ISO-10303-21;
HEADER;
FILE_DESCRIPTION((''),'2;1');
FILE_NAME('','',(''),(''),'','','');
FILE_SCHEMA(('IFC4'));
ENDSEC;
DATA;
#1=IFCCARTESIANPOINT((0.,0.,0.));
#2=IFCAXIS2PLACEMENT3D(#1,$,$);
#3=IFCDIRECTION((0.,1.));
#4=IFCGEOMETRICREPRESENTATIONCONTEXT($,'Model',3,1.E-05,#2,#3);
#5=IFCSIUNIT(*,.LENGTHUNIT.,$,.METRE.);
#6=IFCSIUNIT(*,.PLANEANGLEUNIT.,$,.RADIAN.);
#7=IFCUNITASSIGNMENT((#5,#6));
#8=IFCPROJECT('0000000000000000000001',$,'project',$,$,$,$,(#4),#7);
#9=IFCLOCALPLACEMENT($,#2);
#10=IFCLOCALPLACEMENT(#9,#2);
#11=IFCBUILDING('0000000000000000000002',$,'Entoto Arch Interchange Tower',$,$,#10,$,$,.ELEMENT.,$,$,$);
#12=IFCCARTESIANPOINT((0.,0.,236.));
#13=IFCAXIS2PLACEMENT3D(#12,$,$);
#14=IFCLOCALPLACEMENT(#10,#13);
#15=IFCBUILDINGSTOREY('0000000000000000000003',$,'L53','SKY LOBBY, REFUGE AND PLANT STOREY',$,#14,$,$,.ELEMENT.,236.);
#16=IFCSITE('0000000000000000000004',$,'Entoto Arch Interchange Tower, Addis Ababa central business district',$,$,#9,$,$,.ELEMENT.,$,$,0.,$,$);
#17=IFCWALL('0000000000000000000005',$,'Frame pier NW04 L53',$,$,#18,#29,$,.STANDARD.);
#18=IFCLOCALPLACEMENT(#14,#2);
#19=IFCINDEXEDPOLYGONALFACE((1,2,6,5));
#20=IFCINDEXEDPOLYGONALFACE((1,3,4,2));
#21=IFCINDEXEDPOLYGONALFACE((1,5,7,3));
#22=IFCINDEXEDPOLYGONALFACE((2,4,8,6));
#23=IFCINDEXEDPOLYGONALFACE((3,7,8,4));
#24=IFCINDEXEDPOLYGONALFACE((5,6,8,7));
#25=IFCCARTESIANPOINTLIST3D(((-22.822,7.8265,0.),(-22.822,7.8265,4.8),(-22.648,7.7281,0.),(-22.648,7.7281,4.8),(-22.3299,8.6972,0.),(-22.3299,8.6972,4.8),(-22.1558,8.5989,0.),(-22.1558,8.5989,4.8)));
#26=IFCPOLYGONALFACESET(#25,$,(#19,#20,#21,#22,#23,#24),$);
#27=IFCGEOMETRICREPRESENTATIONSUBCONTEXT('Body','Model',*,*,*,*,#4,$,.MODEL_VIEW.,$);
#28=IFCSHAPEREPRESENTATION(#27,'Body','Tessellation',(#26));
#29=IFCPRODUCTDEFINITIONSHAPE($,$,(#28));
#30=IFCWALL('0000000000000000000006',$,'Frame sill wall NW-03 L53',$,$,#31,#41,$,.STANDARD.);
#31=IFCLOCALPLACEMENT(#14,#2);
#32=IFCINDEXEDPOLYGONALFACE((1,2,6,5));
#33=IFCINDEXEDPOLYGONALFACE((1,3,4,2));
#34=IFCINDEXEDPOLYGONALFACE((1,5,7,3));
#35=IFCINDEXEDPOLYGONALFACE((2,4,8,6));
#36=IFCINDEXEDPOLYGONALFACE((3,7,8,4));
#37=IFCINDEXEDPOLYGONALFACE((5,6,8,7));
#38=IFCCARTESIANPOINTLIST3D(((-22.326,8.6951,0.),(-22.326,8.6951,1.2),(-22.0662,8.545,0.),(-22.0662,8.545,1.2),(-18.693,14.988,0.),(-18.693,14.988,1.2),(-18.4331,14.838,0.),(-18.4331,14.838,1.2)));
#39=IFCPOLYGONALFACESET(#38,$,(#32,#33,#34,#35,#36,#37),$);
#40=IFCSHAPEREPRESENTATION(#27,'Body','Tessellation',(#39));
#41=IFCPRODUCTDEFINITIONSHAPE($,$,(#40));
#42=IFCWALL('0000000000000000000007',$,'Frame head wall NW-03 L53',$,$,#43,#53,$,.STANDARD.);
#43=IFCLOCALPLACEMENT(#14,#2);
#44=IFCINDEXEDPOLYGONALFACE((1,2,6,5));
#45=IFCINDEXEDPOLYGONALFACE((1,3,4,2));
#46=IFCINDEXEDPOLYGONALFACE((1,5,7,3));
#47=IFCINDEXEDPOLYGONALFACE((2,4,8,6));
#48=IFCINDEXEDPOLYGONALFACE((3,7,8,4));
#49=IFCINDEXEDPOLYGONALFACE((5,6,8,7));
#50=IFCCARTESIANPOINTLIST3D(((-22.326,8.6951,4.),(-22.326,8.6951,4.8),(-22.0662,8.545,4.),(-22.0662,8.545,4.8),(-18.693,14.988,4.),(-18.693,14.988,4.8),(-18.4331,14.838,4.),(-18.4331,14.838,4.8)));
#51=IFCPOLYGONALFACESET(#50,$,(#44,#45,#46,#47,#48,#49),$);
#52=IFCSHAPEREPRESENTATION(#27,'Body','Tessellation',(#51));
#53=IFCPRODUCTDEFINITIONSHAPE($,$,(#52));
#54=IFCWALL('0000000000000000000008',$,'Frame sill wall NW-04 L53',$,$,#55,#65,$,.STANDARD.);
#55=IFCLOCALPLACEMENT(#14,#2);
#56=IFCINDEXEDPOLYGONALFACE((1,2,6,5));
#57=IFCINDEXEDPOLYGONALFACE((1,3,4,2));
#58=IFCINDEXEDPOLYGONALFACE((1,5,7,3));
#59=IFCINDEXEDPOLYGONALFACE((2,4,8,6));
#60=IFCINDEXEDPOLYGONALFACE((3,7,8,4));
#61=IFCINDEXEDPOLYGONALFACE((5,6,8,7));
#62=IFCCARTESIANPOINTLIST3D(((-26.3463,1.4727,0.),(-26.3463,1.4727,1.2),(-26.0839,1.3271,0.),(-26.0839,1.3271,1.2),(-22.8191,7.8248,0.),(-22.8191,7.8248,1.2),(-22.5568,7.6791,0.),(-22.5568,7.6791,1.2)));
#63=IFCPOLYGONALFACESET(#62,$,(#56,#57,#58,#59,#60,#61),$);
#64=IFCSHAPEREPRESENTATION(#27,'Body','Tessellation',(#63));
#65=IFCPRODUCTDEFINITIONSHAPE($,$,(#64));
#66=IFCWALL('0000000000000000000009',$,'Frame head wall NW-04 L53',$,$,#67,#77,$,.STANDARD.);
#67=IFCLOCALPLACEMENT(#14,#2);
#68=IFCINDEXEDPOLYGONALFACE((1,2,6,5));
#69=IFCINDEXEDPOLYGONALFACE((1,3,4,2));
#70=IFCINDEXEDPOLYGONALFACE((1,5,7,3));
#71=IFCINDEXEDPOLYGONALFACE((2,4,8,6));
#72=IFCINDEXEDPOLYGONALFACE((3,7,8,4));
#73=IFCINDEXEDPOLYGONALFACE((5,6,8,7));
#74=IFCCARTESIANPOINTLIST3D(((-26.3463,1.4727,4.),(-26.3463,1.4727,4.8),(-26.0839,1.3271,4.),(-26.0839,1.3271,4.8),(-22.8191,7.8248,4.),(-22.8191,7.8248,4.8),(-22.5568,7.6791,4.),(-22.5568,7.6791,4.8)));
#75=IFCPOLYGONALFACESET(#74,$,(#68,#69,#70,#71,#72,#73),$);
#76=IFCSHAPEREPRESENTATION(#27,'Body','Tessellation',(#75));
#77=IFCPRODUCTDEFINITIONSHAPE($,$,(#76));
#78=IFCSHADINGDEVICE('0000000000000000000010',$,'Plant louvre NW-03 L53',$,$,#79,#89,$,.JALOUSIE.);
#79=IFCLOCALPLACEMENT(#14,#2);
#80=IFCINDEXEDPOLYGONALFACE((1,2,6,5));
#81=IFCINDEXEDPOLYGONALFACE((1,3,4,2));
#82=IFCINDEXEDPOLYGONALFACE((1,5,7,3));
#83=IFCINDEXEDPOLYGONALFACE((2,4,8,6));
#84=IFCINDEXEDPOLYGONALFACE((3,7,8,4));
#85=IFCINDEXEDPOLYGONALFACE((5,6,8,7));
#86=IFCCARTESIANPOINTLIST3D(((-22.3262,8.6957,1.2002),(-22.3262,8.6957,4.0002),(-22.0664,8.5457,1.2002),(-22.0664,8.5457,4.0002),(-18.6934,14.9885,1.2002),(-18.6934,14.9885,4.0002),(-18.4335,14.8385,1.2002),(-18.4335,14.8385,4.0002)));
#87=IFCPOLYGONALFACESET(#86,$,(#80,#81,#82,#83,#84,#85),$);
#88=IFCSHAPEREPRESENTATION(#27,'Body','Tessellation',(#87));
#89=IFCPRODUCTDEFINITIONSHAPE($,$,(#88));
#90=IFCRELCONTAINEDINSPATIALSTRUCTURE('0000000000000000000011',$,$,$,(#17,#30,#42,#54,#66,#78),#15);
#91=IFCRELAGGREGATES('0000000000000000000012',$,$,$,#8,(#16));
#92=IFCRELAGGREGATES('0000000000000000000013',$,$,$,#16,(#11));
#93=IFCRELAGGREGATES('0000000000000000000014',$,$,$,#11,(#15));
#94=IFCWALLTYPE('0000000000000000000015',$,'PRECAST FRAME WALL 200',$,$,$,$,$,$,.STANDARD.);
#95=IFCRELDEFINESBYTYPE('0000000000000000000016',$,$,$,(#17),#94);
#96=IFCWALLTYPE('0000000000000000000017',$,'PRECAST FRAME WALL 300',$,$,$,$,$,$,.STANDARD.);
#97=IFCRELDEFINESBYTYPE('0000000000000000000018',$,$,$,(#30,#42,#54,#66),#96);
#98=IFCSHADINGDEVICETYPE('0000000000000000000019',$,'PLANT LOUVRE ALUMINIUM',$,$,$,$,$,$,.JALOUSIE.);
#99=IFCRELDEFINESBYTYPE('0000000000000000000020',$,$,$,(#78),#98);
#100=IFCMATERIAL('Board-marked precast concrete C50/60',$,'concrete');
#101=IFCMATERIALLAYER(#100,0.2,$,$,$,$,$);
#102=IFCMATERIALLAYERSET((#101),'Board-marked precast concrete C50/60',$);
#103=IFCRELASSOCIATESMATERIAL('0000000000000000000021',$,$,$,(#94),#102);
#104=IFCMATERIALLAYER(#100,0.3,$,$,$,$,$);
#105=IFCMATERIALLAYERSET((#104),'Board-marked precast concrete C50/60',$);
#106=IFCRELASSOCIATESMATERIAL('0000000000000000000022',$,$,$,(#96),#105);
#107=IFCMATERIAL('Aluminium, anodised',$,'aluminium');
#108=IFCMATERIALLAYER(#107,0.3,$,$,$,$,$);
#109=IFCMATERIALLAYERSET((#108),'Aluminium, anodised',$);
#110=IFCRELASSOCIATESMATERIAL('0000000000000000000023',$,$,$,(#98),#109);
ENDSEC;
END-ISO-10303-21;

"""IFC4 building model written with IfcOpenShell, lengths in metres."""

from ifc_helpers import new_model, si_unit, direction, frame, frame_2d, origin, origin_2d, place, context, subcontext, project, spatial, rectangle, extrude, material, layer, layer_set, type_object, element, save


model = new_model("IFC4")

# Units and contexts
model_context = context("Model", 3, precision=1e-05, world=origin(), true_north=direction((0.0, 1.0)))
body_context = subcontext(model_context, "Body", "Model", "MODEL_VIEW")
ifc_project = project(units=[si_unit("LENGTHUNIT", "METRE"), si_unit("PLANEANGLEUNIT", "RADIAN")], contexts=[model_context])

# Site, building, storey
site_placement = place(None, origin())
site = spatial("IfcSite", under=ifc_project, at=site_placement, Name="Entoto Arch Interchange Tower, Addis Ababa central business district", CompositionType="ELEMENT", RefElevation=0.0)
building_placement = place(site_placement, origin())
building = spatial("IfcBuilding", under=site, at=building_placement, Name="Entoto Arch Interchange Tower", CompositionType="ELEMENT")
storey_placement = place(building_placement, frame((0.0, 0.0, 236.0)))
storey = spatial("IfcBuildingStorey", under=building, at=storey_placement, Name="L53", Description="SKY LOBBY, REFUGE AND PLANT STOREY", CompositionType="ELEMENT", Elevation=236.0)

# Walls
ifc_material_1 = material(Name="Board-marked precast concrete C50/60", Category="concrete")
ifc_layer_1 = layer(ifc_material_1, 0.2)
ifc_layer_set_1 = layer_set([ifc_layer_1], Name="Board-marked precast concrete C50/60")
wall_type_1 = type_object("IfcWallType", Name="PRECAST FRAME WALL 200", PredefinedType="STANDARD", material=ifc_layer_set_1)
wall_1_placement = place(storey_placement, frame((-22.2429, 8.6479, 0.0), z_axis=(0.0, 0.0, 1.0), x_axis=(-0.492033, -0.870576, 0.0)))
element("IfcWall", 1, at=wall_1_placement, inside=storey, type_object=wall_type_1, Name="Frame pier NW04 L53", PredefinedType="STANDARD", context=body_context, shape_type="SweptSolid", body=[
    extrude(rectangle(XDim=1.0002, YDim=0.2, at=frame_2d((0.5, 0.0))), origin(), (0.0, 0.0, 1.0), 4.8),
])
ifc_layer_2 = layer(ifc_material_1, 0.3)
ifc_layer_set_2 = layer_set([ifc_layer_2], Name="Board-marked precast concrete C50/60")
wall_type_2 = type_object("IfcWallType", Name="PRECAST FRAME WALL 300", PredefinedType="STANDARD", material=ifc_layer_set_2)
wall_2_placement = place(storey_placement, frame((-18.563, 14.9131, 0.0), z_axis=(0.0, 0.0, 1.0), x_axis=(-0.49998, -0.866037, 0.0)))
element("IfcWall", 2, at=wall_2_placement, inside=storey, type_object=wall_type_2, Name="Frame sill wall NW-03 L53", PredefinedType="STANDARD", context=body_context, shape_type="SweptSolid", body=[
    extrude(rectangle(XDim=7.2664, YDim=0.3, at=frame_2d((3.6333, 0.0))), origin(), (0.0, 0.0, 1.0), 1.2),
])
wall_3_placement = place(storey_placement, frame((-18.563, 14.9131, 4.0), z_axis=(0.0, 0.0, 1.0), x_axis=(-0.49998, -0.866037, 0.0)))
element("IfcWall", 3, at=wall_3_placement, inside=storey, type_object=wall_type_2, Name="Frame head wall NW-03 L53", PredefinedType="STANDARD", context=body_context, shape_type="SweptSolid", body=[
    extrude(rectangle(XDim=7.2664, YDim=0.3, at=frame_2d((3.6333, 0.0))), origin(), (0.0, 0.0, 1.0), 0.8),
])
wall_4_placement = place(storey_placement, frame((-22.688, 7.752, 0.0), z_axis=(0.0, 0.0, 1.0), x_axis=(-0.485452, -0.874263, 0.0)))
element("IfcWall", 4, at=wall_4_placement, inside=storey, type_object=wall_type_2, Name="Frame sill wall NW-04 L53", PredefinedType="STANDARD", context=body_context, shape_type="SweptSolid", body=[
    extrude(rectangle(XDim=7.2656, YDim=0.3, at=frame_2d((3.6328, 0.0))), origin(), (0.0, 0.0, 1.0), 1.2),
])
wall_5_placement = place(storey_placement, frame((-22.688, 7.752, 4.0), z_axis=(0.0, 0.0, 1.0), x_axis=(-0.485452, -0.874263, 0.0)))
element("IfcWall", 5, at=wall_5_placement, inside=storey, type_object=wall_type_2, Name="Frame head wall NW-04 L53", PredefinedType="STANDARD", context=body_context, shape_type="SweptSolid", body=[
    extrude(rectangle(XDim=7.2656, YDim=0.3, at=frame_2d((3.6328, 0.0))), origin(), (0.0, 0.0, 1.0), 0.8),
])

# Shading device
ifc_material_2 = material(Name="Aluminium, anodised", Category="aluminium")
ifc_layer_3 = layer(ifc_material_2, 0.3)
ifc_layer_set_3 = layer_set([ifc_layer_3], Name="Aluminium, anodised")
shading_device_type = type_object("IfcShadingDeviceType", Name="PLANT LOUVRE ALUMINIUM", PredefinedType="JALOUSIE", material=ifc_layer_set_3)
shading_device_placement = place(storey_placement, frame((-20.3799, 11.7671, 1.2002), z_axis=(0.0, 0.0, 1.0), x_axis=(-0.49997, -0.866043, 0.0)))
element("IfcShadingDevice", 6, at=shading_device_placement, inside=storey, type_object=shading_device_type, Name="Plant louvre NW-03 L53", PredefinedType="JALOUSIE", context=body_context, shape_type="SweptSolid", body=[
    extrude(rectangle(XDim=7.2661, YDim=0.3, at=origin_2d()), origin(), (0.0, 0.0, 1.0), 2.8),
])

save(model, "model.ifc")
